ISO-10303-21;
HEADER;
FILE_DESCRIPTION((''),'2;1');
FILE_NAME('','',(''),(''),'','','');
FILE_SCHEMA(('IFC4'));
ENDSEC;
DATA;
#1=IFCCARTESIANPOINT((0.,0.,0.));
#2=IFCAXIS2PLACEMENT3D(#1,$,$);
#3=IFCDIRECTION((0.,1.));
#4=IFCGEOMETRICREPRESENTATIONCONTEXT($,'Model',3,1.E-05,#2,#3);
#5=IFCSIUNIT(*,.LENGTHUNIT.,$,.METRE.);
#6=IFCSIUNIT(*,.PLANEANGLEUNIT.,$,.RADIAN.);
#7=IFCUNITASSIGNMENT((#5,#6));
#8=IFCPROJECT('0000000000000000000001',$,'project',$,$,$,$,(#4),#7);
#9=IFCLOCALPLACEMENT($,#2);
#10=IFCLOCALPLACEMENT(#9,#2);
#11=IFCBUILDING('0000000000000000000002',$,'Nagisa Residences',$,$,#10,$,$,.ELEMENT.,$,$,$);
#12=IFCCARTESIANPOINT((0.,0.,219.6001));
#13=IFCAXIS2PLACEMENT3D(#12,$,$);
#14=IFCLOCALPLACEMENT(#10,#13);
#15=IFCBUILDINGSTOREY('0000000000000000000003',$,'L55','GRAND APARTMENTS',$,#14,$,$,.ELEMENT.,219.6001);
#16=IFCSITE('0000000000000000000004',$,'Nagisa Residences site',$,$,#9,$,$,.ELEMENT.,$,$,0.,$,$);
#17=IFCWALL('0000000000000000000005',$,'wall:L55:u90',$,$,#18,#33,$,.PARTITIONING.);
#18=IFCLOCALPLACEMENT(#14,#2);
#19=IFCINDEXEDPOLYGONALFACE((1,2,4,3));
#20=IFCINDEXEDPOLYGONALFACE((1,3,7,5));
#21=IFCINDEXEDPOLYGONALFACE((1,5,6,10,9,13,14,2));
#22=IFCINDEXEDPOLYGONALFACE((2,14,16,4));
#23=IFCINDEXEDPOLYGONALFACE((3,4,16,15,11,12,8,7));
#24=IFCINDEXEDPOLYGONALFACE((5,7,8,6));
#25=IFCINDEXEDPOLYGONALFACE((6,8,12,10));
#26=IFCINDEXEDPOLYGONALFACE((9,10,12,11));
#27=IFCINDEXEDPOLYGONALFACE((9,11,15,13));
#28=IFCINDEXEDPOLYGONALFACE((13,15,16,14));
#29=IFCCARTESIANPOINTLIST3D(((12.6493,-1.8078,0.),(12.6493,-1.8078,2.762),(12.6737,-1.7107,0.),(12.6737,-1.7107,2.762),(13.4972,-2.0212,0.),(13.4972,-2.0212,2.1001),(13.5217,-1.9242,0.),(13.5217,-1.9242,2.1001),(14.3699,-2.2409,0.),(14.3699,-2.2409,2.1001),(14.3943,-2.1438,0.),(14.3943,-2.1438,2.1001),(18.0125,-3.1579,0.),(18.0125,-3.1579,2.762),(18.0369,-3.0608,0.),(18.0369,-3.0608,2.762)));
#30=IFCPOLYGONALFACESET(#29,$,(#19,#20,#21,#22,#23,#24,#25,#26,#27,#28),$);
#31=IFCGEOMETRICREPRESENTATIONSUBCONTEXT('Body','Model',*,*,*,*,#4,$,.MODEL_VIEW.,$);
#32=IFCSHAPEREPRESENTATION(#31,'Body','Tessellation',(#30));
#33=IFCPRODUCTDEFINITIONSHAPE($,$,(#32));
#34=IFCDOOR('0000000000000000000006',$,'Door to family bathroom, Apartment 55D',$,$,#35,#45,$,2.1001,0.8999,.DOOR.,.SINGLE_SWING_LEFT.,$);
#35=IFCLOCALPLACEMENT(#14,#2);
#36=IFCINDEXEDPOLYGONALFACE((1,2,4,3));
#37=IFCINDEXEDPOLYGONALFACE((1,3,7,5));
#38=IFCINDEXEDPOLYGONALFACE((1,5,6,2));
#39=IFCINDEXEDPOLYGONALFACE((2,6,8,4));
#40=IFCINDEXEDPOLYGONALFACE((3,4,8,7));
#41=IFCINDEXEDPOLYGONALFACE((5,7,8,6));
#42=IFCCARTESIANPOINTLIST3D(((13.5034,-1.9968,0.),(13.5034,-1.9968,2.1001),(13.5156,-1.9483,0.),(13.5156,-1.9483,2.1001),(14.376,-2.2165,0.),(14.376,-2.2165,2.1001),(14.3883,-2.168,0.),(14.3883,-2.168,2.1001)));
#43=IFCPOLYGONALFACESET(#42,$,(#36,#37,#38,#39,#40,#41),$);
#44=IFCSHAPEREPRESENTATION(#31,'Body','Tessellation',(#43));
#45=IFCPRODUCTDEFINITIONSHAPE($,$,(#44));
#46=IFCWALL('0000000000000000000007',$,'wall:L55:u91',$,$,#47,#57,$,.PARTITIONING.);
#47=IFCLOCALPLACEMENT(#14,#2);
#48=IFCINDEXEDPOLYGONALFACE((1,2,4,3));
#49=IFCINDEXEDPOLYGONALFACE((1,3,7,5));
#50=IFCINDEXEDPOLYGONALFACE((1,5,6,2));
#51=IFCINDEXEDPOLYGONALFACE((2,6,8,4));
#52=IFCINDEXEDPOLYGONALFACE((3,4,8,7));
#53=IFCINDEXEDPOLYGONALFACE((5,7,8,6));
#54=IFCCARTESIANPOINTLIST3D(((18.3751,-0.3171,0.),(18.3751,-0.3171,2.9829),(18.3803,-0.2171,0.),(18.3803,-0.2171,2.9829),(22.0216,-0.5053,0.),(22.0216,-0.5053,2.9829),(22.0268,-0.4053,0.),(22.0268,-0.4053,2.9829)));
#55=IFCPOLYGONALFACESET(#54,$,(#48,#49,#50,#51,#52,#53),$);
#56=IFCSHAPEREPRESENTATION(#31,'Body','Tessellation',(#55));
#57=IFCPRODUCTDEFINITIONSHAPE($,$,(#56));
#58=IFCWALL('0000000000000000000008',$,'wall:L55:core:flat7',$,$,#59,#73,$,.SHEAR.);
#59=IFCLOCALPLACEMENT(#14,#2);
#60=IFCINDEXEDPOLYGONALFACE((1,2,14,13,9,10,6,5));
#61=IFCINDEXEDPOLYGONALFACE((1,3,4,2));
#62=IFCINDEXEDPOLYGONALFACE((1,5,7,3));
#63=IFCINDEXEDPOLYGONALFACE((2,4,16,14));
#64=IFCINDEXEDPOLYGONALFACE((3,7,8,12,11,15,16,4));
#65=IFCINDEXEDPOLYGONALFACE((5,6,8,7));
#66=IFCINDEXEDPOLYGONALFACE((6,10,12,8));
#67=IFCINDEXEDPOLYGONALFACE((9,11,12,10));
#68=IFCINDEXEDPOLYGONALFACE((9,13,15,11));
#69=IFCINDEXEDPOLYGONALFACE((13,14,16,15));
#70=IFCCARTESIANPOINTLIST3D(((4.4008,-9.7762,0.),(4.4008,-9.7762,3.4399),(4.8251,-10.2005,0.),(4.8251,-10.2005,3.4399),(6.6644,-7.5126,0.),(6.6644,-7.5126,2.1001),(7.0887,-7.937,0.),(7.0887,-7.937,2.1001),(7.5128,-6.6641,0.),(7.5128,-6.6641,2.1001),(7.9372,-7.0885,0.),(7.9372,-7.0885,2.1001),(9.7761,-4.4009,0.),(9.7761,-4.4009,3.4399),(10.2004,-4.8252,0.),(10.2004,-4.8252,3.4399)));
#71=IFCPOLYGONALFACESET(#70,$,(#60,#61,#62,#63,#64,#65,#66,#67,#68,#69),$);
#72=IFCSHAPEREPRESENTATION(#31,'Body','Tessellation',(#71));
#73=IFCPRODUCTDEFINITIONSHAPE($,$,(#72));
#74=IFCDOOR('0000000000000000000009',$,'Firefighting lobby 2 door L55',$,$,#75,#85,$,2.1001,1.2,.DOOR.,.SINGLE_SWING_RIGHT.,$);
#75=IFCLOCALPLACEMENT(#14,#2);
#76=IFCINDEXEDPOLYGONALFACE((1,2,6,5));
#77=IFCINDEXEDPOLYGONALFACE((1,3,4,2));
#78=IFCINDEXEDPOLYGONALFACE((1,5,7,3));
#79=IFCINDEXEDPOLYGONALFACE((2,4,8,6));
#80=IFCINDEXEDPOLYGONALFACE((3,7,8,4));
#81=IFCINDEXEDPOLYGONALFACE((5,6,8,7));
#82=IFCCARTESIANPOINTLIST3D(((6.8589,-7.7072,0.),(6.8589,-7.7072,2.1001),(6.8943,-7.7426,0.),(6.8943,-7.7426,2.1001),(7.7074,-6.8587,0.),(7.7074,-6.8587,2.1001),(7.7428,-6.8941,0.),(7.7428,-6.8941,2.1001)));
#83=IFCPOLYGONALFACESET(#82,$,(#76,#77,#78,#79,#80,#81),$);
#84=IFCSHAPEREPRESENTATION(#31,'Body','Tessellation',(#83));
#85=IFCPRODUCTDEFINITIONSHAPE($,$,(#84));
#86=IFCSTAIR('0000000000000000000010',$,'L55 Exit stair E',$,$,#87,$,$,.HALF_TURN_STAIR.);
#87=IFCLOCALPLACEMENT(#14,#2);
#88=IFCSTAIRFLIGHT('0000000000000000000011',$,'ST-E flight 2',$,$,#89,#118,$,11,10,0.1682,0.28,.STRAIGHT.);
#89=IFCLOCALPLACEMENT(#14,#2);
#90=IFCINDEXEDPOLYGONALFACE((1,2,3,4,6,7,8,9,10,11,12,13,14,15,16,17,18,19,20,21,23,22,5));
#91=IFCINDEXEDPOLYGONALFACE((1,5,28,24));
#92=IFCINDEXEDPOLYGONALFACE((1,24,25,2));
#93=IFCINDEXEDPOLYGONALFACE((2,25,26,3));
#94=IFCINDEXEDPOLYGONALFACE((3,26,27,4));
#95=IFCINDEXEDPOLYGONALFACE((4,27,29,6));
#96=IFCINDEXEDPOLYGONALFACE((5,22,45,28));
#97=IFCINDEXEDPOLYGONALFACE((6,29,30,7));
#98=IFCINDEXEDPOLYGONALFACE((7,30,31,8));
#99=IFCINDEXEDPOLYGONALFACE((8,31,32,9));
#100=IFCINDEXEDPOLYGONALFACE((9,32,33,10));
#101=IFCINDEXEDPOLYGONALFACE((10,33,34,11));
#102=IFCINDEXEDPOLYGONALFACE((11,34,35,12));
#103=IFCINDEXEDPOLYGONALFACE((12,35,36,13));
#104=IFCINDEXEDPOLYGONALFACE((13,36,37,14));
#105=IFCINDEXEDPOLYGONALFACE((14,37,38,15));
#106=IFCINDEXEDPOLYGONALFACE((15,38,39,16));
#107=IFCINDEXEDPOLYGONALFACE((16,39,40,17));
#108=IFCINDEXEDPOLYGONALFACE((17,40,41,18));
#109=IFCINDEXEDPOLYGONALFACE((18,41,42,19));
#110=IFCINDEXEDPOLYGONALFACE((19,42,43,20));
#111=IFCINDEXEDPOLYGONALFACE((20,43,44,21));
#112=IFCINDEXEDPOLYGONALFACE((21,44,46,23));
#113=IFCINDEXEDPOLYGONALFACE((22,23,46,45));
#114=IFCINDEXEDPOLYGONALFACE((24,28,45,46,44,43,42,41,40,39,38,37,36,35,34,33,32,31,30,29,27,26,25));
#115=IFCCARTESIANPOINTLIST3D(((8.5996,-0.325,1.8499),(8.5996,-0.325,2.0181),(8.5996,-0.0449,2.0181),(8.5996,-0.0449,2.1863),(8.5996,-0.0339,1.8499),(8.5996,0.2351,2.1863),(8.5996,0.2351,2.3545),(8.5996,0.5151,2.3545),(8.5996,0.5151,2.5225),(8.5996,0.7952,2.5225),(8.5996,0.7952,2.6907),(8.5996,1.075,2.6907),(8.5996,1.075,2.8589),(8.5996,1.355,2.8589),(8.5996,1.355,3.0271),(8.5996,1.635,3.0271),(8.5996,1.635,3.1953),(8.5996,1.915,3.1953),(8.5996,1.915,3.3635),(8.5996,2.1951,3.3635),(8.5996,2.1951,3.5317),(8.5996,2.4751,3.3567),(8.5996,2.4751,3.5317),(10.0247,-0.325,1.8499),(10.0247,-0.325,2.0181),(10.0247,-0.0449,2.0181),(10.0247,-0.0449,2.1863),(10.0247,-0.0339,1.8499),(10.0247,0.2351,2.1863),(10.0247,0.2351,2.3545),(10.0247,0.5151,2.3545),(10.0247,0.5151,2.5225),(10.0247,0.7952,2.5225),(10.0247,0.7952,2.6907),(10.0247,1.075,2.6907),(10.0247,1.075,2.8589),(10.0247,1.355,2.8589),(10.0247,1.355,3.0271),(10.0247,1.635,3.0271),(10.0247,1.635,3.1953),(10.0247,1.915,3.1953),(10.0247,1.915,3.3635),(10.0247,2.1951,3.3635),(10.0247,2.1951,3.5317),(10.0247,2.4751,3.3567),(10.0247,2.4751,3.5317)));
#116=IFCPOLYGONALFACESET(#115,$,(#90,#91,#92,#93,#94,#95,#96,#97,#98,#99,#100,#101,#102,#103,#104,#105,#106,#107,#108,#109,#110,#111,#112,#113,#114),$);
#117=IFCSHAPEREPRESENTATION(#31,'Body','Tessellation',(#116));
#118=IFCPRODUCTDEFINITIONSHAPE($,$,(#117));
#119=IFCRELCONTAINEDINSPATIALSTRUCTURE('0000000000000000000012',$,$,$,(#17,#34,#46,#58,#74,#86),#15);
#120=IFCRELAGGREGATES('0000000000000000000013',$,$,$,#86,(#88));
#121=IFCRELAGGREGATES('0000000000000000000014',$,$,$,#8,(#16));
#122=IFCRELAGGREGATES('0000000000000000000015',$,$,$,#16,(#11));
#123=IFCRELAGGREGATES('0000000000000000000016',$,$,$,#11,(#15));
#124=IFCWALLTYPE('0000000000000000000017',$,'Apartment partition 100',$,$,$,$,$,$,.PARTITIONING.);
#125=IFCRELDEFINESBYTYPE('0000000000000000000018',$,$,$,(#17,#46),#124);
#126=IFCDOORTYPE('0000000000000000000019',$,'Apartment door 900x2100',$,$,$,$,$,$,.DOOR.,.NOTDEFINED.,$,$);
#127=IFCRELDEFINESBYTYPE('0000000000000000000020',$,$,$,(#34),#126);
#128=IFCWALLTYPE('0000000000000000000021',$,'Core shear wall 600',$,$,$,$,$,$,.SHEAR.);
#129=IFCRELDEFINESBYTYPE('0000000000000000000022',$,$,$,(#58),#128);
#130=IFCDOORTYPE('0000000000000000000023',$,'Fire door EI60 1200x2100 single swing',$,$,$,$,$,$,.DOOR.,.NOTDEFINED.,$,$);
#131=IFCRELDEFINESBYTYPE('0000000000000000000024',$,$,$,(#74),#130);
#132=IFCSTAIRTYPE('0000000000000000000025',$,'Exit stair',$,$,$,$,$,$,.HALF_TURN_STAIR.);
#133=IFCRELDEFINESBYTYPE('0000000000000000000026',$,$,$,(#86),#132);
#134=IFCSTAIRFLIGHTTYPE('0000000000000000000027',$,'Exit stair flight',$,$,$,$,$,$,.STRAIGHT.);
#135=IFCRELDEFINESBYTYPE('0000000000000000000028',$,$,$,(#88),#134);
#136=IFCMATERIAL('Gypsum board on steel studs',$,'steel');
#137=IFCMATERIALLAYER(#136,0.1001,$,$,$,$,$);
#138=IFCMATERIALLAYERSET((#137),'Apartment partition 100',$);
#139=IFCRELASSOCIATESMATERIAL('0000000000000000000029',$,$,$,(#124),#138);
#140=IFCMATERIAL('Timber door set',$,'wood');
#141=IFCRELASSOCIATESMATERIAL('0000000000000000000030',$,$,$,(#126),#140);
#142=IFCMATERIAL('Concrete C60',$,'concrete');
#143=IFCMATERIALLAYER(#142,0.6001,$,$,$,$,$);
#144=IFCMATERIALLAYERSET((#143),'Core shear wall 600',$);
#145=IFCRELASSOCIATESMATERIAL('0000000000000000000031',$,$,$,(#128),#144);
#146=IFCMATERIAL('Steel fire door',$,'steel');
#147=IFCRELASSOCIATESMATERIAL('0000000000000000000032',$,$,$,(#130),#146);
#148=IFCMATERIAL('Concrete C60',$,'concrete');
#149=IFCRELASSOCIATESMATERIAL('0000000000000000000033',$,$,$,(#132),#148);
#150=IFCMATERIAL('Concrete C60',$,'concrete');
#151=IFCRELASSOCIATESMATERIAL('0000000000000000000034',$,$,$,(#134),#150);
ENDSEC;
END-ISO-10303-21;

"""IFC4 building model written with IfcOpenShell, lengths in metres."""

from ifc_helpers import new_model, si_unit, direction, frame, frame_2d, origin, place, context, subcontext, project, spatial, polyline, rectangle, outline, extrude, material, layer, layer_set, type_object, element, fill, aggregate, save


model = new_model("IFC4")

# Units and contexts
model_context = context("Model", 3, precision=1e-05, world=origin(), true_north=direction((0.0, 1.0)))
body_context = subcontext(model_context, "Body", "Model", "MODEL_VIEW")
ifc_project = project(units=[si_unit("LENGTHUNIT", "METRE"), si_unit("PLANEANGLEUNIT", "RADIAN")], contexts=[model_context])

# Site, building, storey
site_placement = place(None, origin())
site = spatial("IfcSite", under=ifc_project, at=site_placement, Name="Nagisa Residences site", CompositionType="ELEMENT", RefElevation=0.0)
building_placement = place(site_placement, origin())
building = spatial("IfcBuilding", under=site, at=building_placement, Name="Nagisa Residences", CompositionType="ELEMENT")
storey_placement = place(building_placement, frame((0.0, 0.0, 219.6001)))
storey = spatial("IfcBuildingStorey", under=building, at=storey_placement, Name="L55", Description="GRAND APARTMENTS", CompositionType="ELEMENT", Elevation=219.6001)

# Shared definitions
ifc_material_1 = material(Name="Gypsum board on steel studs", Category="steel")
ifc_layer_1 = layer(ifc_material_1, 0.1001)
ifc_layer_set_1 = layer_set([ifc_layer_1], Name="Apartment partition 100")
wall_type_1 = type_object("IfcWallType", Name="Apartment partition 100", PredefinedType="PARTITIONING", material=ifc_layer_set_1)

# Shared definitions
ifc_material_2 = material(Name="Timber door set", Category="wood")
door_type_1 = type_object("IfcDoorType", Name="Apartment door 900x2100", OperationType="NOTDEFINED", PredefinedType="DOOR", material=ifc_material_2)

# Wall, opening, door
wall_1_placement = place(storey_placement, frame((12.6616, -1.7593, 0.0), z_axis=(0.0, 0.0, 1.0), x_axis=(0.969747, -0.244114, 0.0)))
wall_1 = element("IfcWall", 1, at=wall_1_placement, inside=storey, type_object=wall_type_1, Name="wall:L55:u90", PredefinedType="PARTITIONING", context=body_context, shape_type="SweptSolid", body=[
    extrude(rectangle(XDim=5.5305, YDim=0.1001, at=frame_2d((2.7651, 0.0))), origin(), (0.0, 0.0, 1.0), 2.762),
])
opening_1_placement = place(wall_1_placement, frame((0.8743, 0.0, 0.0)))
opening_1 = element("IfcOpeningElement", 2, at=opening_1_placement, cuts=wall_1, PredefinedType="OPENING", context=body_context, shape_type="SweptSolid", body=[
    extrude(rectangle(XDim=0.8999, YDim=2.1001, at=frame_2d((0.45, 1.05))), frame((0.0, 0.0601, 0.0), z_axis=(0.0, -1.0, 0.0), x_axis=(1.0, 0.0, 0.0)), (0.0, 0.0, 1.0), 0.1201),
])
door_1_placement = place(opening_1_placement, frame((0.8999, 0.0, 0.0), x_axis=(-1.0, 0.0, 0.0)))
door_1 = element("IfcDoor", 3, at=door_1_placement, inside=storey, type_object=door_type_1, Name="Door to family bathroom, Apartment 55D", OperationType="SINGLE_SWING_LEFT", OverallHeight=2.1001, OverallWidth=0.8999, PredefinedType="DOOR", context=body_context, shape_type="SweptSolid", body=[
    extrude(rectangle(XDim=0.8999, YDim=2.1001, at=frame_2d((0.45, 1.05))), frame((0.0, 0.0249, 0.0), z_axis=(0.0, -1.0, 0.0), x_axis=(1.0, 0.0, 0.0)), (0.0, 0.0, 1.0), 0.05),
])
fill(opening_1, door_1)

# Wall
wall_2_placement = place(storey_placement, frame((18.3777, -0.2671, 0.0), z_axis=(0.0, 0.0, 1.0), x_axis=(0.99867, -0.051552, 0.0)))
element("IfcWall", 4, at=wall_2_placement, inside=storey, type_object=wall_type_1, Name="wall:L55:u91", PredefinedType="PARTITIONING", context=body_context, shape_type="SweptSolid", body=[
    extrude(rectangle(XDim=3.6514, YDim=0.1001, at=frame_2d((1.8257, 0.0))), origin(), (0.0, 0.0, 1.0), 2.9829),
])

# Wall, opening, door
ifc_material_3 = material(Name="Concrete C60", Category="concrete")
ifc_layer_2 = layer(ifc_material_3, 0.6001)
ifc_layer_set_2 = layer_set([ifc_layer_2], Name="Core shear wall 600")
wall_type_2 = type_object("IfcWallType", Name="Core shear wall 600", PredefinedType="SHEAR", material=ifc_layer_set_2)
wall_3_placement = place(storey_placement, frame((4.613, -9.9883, 0.0), z_axis=(0.0, 0.0, 1.0), x_axis=(0.707107, 0.707107, 0.0)))
wall_3 = element("IfcWall", 5, at=wall_3_placement, inside=storey, type_object=wall_type_2, Name="wall:L55:core:flat7", PredefinedType="SHEAR", context=body_context, shape_type="SweptSolid", body=[
    extrude(rectangle(XDim=7.6018, YDim=0.6001, at=frame_2d((3.8008, 0.0))), origin(), (0.0, 0.0, 1.0), 3.4399),
])
opening_2_placement = place(wall_3_placement, frame((3.2009, 0.0, 0.0)))
opening_2 = element("IfcOpeningElement", 6, at=opening_2_placement, cuts=wall_3, PredefinedType="OPENING", context=body_context, shape_type="SweptSolid", body=[
    extrude(rectangle(XDim=1.2, YDim=2.1001, at=frame_2d((0.6001, 1.05))), frame((0.0, 0.3101, 0.0), z_axis=(0.0, -1.0, 0.0), x_axis=(1.0, 0.0, 0.0)), (0.0, 0.0, 1.0), 0.6201),
])
ifc_material_4 = material(Name="Steel fire door", Category="steel")
door_type_2 = type_object("IfcDoorType", Name="Fire door EI60 1200x2100 single swing", OperationType="NOTDEFINED", PredefinedType="DOOR", material=ifc_material_4)
door_2_placement = place(opening_2_placement, origin())
door_2 = element("IfcDoor", 7, at=door_2_placement, inside=storey, type_object=door_type_2, Name="Firefighting lobby 2 door L55", OperationType="SINGLE_SWING_RIGHT", OverallHeight=2.1001, OverallWidth=1.2, PredefinedType="DOOR", context=body_context, shape_type="SweptSolid", body=[
    extrude(rectangle(XDim=1.2, YDim=2.1001, at=frame_2d((0.6001, 1.05))), frame((0.0, 0.0249, 0.0), z_axis=(0.0, -1.0, 0.0), x_axis=(1.0, 0.0, 0.0)), (0.0, 0.0, 1.0), 0.05),
])
fill(opening_2, door_2)

# Stair, stair flight
ifc_material_5 = material(Name="Concrete C60", Category="concrete")
stair_type = type_object("IfcStairType", Name="Exit stair", PredefinedType="HALF_TURN_STAIR", material=ifc_material_5)
stair_placement = place(storey_placement, origin())
stair = element("IfcStair", 8, at=stair_placement, inside=storey, type_object=stair_type, Name="L55 Exit stair E", PredefinedType="HALF_TURN_STAIR")
ifc_material_6 = material(Name="Concrete C60", Category="concrete")
stair_flight_type = type_object("IfcStairFlightType", Name="Exit stair flight", PredefinedType="STRAIGHT", material=ifc_material_6)
stair_flight_placement = place(storey_placement, frame((9.312, -0.325, 1.8499), z_axis=(0.0, 0.0, 1.0), x_axis=(0.0, 1.0, 0.0)))
stair_flight = element("IfcStairFlight", 9, at=stair_flight_placement, type_object=stair_flight_type, Name="ST-E flight 2", NumberOfRisers=11, NumberOfTreads=10, PredefinedType="STRAIGHT", RiserHeight=0.1682, TreadLength=0.28, context=body_context, shape_type="SweptSolid", body=[
    extrude(outline(polyline([(0.0, 0.0), (0.0, 0.1682), (0.28, 0.1682), (0.28, 0.3364), (0.5601, 0.3364), (0.5601, 0.5046), (0.8401, 0.5046), (0.8401, 0.6726), (1.1201, 0.6726), (1.1201, 0.8408), (1.3999, 0.8408), (1.3999, 1.009), (1.6799, 1.009), (1.6799, 1.1772), (1.96, 1.1772), (1.96, 1.3455), (2.24, 1.3455), (2.24, 1.5137), (2.52, 1.5137), (2.52, 1.6819), (2.8, 1.6819), (2.8, 1.8501), (2.8, 1.5068), (0.291, 0.0), (0.0, 0.0)])), frame((0.0, 0.7124, 0.0), z_axis=(0.0, -1.0, 0.0), x_axis=(1.0, 0.0, 0.0)), (0.0, 0.0, 1.0), 1.425),
])
aggregate(stair, [stair_flight])

save(model, "model.ifc")
